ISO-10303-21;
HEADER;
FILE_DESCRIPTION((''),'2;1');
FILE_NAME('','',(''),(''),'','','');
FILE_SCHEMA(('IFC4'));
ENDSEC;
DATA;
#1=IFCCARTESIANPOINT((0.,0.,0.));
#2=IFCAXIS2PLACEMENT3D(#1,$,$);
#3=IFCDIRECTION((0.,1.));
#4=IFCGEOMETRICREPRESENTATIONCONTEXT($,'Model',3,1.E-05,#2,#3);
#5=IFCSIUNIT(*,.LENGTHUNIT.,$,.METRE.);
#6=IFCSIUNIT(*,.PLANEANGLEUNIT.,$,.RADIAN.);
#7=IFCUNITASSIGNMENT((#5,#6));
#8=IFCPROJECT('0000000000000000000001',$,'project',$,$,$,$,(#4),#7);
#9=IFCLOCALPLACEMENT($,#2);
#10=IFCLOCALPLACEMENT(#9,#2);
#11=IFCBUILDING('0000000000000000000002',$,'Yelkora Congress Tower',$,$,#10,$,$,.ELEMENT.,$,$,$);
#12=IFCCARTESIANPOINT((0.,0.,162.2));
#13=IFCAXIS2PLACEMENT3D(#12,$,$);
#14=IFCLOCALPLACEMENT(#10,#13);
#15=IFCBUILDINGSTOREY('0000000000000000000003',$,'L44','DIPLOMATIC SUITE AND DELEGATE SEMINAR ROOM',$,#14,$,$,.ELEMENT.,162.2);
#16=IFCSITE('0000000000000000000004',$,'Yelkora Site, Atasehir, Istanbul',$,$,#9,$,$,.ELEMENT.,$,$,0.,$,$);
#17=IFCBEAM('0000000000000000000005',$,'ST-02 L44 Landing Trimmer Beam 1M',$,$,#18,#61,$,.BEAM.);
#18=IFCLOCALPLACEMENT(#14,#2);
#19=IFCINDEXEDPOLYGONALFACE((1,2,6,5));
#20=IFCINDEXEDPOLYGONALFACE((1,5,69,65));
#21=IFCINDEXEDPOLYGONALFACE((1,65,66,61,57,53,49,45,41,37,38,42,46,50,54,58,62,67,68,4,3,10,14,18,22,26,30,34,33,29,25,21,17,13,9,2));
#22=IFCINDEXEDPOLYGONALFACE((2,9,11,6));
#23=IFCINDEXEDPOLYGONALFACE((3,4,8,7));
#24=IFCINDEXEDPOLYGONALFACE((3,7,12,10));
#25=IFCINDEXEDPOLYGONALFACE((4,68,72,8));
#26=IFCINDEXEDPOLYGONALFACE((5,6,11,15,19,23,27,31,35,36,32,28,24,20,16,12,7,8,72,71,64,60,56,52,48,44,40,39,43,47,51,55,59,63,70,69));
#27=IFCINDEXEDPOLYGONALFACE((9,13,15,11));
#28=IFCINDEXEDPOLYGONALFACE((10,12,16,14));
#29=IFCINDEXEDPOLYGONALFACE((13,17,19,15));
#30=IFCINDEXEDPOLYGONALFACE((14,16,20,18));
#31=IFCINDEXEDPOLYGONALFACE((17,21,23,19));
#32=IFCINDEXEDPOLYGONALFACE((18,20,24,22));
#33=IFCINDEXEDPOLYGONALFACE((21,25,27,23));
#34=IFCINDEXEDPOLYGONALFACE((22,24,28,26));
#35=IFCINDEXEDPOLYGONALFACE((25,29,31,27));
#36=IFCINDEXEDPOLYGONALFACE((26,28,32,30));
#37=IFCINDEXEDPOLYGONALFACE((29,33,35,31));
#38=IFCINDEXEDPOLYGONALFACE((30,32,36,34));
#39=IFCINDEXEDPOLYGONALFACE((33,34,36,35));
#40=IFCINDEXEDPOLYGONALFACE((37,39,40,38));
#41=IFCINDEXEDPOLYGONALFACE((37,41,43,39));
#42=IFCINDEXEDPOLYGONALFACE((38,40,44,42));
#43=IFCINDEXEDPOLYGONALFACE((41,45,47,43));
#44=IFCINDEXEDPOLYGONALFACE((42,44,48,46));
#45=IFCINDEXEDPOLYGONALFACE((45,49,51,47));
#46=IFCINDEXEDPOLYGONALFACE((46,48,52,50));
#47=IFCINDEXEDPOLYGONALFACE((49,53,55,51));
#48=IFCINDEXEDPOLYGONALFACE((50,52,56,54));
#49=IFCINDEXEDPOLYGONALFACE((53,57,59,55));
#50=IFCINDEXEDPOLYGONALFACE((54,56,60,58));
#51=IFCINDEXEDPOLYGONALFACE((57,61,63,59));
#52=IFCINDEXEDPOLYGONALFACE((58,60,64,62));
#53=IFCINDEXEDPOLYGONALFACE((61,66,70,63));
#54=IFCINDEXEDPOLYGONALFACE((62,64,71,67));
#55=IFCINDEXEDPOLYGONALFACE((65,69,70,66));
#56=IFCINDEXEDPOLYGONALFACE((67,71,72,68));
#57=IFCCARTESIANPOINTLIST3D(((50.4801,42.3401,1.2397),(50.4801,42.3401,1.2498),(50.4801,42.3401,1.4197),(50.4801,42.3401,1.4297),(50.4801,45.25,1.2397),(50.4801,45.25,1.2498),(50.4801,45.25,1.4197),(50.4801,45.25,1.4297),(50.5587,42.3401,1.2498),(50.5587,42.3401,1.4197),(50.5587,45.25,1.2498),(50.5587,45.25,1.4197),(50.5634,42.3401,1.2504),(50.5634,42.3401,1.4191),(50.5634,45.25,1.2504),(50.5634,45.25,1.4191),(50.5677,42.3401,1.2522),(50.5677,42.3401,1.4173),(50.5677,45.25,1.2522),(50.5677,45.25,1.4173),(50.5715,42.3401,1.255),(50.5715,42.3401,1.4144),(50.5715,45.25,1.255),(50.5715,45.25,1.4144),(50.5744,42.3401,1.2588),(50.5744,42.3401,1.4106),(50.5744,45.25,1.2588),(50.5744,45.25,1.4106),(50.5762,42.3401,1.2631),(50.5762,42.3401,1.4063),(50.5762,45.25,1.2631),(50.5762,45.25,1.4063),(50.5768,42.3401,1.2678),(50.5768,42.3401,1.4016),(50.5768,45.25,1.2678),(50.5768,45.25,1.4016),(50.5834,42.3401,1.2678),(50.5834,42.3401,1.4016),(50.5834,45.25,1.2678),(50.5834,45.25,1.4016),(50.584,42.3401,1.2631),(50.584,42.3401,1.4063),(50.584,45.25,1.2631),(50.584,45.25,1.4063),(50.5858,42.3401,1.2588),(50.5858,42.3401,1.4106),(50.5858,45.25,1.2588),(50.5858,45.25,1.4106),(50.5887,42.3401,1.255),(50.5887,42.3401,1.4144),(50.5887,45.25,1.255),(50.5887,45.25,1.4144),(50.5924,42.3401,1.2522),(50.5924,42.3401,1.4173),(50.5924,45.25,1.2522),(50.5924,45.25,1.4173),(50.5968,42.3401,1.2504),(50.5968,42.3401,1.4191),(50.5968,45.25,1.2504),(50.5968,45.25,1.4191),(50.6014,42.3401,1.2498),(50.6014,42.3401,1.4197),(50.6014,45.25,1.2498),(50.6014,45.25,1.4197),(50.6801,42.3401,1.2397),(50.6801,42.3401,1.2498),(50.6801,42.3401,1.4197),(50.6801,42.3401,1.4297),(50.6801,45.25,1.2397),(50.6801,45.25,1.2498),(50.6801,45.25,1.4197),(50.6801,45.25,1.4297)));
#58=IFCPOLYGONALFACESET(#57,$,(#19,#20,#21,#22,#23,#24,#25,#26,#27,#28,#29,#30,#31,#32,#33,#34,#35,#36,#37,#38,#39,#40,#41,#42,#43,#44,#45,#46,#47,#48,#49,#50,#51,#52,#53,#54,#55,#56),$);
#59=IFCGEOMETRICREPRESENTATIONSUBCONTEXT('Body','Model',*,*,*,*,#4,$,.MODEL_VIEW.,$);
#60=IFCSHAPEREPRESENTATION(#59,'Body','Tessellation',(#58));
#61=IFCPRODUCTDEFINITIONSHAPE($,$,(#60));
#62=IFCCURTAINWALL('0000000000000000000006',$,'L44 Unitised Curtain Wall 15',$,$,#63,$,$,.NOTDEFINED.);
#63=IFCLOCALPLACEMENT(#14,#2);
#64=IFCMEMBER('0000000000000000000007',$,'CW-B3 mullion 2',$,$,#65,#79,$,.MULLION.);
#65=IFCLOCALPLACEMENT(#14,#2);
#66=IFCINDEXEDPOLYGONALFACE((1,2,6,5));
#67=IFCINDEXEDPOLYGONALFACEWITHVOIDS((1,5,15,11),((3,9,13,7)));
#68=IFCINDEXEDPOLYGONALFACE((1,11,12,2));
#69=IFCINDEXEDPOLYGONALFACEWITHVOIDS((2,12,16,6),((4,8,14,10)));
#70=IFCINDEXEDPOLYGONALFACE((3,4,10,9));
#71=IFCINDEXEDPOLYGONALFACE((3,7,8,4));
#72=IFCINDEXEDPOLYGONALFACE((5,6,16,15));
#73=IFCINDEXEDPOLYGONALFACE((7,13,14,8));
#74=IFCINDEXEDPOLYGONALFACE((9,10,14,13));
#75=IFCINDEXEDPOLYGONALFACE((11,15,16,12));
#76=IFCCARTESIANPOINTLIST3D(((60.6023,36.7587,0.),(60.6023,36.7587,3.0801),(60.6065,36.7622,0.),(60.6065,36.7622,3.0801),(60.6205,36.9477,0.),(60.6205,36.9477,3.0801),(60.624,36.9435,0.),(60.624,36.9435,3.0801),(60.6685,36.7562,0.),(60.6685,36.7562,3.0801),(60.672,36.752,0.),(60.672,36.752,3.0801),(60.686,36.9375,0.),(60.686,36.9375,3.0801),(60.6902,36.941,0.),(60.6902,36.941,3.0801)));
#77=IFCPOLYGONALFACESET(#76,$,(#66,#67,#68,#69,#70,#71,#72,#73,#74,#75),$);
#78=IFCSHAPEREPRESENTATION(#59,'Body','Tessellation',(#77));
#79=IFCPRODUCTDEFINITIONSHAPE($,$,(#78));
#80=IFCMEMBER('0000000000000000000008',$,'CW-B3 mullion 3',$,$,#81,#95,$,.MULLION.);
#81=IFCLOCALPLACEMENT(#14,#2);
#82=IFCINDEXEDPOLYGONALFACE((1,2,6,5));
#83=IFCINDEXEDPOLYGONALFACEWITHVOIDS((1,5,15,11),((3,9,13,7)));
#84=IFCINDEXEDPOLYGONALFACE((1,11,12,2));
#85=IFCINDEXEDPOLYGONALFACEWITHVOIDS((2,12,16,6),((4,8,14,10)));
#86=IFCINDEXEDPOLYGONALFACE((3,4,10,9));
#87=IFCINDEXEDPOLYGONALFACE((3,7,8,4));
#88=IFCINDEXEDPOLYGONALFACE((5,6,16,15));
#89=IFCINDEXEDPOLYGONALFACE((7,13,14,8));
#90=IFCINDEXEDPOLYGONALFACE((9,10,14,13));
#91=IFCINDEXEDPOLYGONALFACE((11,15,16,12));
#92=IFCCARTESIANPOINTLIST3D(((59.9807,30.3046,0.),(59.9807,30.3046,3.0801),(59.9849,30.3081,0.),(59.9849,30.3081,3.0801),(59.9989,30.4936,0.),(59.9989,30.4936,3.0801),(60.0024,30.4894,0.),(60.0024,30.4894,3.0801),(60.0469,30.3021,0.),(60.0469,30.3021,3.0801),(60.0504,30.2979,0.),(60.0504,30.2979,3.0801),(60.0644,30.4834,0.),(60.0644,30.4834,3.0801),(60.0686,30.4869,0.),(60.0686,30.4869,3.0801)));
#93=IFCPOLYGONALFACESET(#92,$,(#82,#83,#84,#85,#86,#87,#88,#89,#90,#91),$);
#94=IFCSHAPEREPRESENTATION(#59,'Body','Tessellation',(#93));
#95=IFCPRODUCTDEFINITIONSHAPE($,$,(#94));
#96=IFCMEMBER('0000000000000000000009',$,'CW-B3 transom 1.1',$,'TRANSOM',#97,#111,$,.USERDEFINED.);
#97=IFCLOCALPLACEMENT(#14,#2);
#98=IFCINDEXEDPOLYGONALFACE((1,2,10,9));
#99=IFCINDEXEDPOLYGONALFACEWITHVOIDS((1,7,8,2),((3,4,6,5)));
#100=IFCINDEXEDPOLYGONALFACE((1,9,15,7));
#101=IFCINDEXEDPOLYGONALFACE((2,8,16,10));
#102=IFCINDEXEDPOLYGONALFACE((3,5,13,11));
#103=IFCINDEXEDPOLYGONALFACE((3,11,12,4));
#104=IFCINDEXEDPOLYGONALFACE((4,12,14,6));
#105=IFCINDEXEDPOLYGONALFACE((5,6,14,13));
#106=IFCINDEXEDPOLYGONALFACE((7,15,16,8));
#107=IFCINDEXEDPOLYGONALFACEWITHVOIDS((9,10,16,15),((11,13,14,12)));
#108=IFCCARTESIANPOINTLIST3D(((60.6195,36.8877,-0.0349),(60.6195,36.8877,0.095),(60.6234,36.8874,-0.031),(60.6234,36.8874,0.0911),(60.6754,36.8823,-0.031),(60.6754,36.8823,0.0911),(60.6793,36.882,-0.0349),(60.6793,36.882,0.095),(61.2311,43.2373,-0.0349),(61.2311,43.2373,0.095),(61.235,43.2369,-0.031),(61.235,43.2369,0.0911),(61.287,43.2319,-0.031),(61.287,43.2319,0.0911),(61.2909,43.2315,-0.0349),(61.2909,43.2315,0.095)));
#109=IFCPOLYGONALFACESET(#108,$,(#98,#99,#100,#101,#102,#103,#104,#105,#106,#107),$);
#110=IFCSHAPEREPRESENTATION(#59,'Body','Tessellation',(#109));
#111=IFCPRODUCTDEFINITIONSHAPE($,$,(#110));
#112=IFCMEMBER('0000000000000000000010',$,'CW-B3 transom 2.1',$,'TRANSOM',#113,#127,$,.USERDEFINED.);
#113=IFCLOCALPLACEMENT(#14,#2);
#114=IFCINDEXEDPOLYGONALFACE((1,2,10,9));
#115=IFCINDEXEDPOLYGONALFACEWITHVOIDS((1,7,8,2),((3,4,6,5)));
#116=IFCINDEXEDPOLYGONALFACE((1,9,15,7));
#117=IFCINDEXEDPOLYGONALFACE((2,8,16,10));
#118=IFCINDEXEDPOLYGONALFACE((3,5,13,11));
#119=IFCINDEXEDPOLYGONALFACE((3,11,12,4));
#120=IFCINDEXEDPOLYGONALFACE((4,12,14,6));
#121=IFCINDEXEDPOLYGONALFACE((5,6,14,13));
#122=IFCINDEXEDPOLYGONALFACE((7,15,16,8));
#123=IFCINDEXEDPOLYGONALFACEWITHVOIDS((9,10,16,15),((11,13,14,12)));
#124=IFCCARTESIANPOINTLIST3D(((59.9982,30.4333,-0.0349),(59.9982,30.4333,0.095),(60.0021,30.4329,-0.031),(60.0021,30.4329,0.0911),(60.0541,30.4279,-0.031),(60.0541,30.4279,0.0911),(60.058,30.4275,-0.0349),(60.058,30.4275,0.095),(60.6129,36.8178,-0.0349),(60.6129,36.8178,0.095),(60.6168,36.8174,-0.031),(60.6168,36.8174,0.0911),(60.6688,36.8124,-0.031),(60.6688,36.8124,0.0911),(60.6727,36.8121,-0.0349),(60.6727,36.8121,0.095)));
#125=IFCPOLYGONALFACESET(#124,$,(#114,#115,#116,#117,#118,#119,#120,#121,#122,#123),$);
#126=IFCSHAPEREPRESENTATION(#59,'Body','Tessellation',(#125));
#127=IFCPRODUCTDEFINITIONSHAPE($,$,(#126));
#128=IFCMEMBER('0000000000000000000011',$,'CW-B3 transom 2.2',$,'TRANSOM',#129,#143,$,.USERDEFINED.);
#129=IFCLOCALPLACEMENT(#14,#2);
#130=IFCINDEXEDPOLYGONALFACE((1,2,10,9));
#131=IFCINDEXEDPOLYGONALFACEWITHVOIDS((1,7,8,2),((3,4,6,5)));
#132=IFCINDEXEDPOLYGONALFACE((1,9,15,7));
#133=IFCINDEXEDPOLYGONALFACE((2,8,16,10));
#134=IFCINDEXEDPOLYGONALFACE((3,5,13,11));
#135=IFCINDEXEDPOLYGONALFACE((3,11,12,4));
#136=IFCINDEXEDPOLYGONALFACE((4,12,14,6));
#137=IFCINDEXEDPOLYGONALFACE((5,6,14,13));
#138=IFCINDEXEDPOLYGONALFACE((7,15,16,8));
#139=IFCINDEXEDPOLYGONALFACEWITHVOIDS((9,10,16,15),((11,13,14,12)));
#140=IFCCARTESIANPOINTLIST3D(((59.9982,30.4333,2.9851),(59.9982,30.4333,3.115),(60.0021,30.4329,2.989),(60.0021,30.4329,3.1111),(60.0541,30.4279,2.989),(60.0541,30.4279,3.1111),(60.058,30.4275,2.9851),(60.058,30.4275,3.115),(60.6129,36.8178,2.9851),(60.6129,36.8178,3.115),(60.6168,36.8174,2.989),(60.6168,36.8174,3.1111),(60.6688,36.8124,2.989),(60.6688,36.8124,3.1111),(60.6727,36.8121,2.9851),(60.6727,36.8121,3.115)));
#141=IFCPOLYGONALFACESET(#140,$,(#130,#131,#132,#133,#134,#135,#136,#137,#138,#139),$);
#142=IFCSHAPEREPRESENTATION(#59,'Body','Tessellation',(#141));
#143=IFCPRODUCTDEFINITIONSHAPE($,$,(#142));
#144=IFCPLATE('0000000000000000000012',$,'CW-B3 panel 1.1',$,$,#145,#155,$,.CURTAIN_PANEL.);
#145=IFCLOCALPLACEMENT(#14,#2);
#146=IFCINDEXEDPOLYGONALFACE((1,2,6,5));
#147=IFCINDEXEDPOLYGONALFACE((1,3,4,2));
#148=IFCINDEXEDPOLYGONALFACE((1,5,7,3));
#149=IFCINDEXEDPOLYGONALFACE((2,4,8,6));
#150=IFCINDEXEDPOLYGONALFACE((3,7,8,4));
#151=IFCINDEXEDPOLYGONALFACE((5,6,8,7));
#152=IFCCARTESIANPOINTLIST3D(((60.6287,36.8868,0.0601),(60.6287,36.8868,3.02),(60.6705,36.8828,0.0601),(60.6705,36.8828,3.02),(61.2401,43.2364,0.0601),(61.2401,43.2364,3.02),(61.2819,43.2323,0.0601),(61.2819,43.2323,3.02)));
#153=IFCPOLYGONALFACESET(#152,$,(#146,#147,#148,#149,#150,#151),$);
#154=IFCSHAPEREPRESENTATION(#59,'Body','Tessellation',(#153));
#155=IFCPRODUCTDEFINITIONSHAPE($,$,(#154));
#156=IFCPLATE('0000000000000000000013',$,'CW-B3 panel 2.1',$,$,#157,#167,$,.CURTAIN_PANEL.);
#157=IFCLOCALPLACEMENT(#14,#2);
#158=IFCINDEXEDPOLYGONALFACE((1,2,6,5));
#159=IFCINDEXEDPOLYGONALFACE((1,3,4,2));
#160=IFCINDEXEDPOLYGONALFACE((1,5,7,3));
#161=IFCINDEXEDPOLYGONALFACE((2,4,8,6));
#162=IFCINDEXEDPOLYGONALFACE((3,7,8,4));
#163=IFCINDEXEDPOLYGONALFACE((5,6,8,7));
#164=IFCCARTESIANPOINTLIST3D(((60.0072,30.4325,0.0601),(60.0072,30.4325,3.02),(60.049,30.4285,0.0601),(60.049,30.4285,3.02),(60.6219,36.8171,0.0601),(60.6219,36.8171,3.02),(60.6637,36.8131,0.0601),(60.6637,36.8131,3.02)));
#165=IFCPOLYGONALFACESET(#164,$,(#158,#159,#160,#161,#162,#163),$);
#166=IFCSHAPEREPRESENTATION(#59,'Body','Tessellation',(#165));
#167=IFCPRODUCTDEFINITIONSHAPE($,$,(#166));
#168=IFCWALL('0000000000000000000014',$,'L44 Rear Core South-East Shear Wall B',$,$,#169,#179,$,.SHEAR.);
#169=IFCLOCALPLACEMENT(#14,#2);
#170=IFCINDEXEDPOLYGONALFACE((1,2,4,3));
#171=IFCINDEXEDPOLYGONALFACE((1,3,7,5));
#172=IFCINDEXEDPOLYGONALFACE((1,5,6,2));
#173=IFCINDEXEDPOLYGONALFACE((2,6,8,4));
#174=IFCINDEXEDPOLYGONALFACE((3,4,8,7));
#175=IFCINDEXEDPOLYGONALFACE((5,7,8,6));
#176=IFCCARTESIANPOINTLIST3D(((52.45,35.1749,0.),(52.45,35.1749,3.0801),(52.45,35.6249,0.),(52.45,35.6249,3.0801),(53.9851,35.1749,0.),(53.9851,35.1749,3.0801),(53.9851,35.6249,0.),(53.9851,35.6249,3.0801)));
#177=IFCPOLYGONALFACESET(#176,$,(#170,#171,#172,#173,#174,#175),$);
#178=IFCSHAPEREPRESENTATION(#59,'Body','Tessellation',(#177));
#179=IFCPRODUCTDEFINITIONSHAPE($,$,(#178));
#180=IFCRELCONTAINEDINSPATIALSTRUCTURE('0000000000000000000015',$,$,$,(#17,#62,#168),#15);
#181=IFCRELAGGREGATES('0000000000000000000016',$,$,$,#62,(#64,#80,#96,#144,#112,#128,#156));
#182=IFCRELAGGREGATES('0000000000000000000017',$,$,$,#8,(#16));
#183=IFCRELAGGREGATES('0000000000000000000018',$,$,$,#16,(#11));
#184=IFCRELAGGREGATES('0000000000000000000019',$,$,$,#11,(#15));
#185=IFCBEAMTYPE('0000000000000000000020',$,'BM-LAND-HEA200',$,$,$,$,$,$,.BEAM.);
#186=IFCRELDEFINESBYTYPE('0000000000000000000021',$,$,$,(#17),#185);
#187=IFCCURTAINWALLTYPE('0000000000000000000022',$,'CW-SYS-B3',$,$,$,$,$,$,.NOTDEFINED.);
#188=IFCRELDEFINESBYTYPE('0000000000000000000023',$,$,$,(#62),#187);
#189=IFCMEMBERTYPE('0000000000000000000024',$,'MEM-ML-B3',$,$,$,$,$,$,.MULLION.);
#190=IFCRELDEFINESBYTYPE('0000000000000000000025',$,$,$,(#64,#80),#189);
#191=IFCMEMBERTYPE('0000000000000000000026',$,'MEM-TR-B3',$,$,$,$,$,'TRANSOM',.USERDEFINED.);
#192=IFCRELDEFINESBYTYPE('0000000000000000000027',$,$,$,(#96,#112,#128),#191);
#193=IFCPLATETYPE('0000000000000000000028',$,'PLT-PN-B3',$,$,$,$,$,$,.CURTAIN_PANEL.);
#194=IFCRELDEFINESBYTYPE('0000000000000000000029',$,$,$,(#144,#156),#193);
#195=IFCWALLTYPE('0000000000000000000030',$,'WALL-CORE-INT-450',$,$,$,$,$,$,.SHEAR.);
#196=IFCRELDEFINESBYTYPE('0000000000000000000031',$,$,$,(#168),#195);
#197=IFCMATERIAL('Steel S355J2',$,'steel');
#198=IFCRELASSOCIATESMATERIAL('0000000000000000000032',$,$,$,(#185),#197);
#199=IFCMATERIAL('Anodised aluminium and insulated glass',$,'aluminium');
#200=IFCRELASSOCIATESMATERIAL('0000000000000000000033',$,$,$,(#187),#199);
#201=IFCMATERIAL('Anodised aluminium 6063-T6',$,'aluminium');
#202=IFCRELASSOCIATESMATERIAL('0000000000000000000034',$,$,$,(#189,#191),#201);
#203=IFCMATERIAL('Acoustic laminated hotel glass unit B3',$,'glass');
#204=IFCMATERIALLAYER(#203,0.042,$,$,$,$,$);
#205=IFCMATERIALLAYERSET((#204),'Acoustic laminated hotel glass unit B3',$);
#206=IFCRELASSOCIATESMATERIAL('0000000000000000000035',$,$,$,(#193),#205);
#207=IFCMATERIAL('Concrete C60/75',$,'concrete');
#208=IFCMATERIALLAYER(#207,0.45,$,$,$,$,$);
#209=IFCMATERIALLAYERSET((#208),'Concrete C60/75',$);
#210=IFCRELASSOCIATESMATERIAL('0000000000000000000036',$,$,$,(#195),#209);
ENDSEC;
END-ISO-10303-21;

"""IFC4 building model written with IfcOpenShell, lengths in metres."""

from ifc_helpers import new_model, si_unit, direction, frame, frame_2d, origin, origin_2d, place, context, subcontext, project, spatial, rectangle, hollow_rectangle, i_section, extrude, material, layer, layer_set, material_profile, profile_set, type_object, element, aggregate, save


model = new_model("IFC4")

# Units and contexts
model_context = context("Model", 3, precision=1e-05, world=origin(), true_north=direction((0.0, 1.0)))
body_context = subcontext(model_context, "Body", "Model", "MODEL_VIEW")
ifc_project = project(units=[si_unit("LENGTHUNIT", "METRE"), si_unit("PLANEANGLEUNIT", "RADIAN")], contexts=[model_context])

# Site, building, storey
site_placement = place(None, origin())
site = spatial("IfcSite", under=ifc_project, at=site_placement, Name="Yelkora Site, Atasehir, Istanbul", CompositionType="ELEMENT", RefElevation=0.0)
building_placement = place(site_placement, origin())
building = spatial("IfcBuilding", under=site, at=building_placement, Name="Yelkora Congress Tower", CompositionType="ELEMENT")
storey_placement = place(building_placement, frame((0.0, 0.0, 162.2)))
storey = spatial("IfcBuildingStorey", under=building, at=storey_placement, Name="L44", Description="DIPLOMATIC SUITE AND DELEGATE SEMINAR ROOM", CompositionType="ELEMENT", Elevation=162.2)

# Beam
ifc_material_1 = material(Name="Steel S355J2", Category="steel")
ifc_material_profile_1 = material_profile(ifc_material_1, i_section(OverallWidth=0.2, OverallDepth=0.1899, WebThickness=0.0066, FlangeThickness=0.01, FilletRadius=0.0181, at=origin_2d()), Name="HEA 200")
ifc_profile_set_1 = profile_set([ifc_material_profile_1], Name="Steel S355J2")
beam_type_1 = type_object("IfcBeamType", Name="BM-LAND-HEA200", PredefinedType="BEAM", material=ifc_profile_set_1)
beam_1_placement = place(storey_placement, frame((50.5801, 42.3401, 1.3347), z_axis=(0.0, 1.0, 0.0), x_axis=(-1.0, 0.0, 0.0)))
element("IfcBeam", 1, at=beam_1_placement, inside=storey, type_object=beam_type_1, Name="ST-02 L44 Landing Trimmer Beam 1M", PredefinedType="BEAM", context=body_context, shape_type="SweptSolid", body=[
    extrude(i_section(OverallWidth=0.2, OverallDepth=0.1899, WebThickness=0.0066, FlangeThickness=0.01, FilletRadius=0.0181, at=origin_2d()), origin(), (0.0, 0.0, 1.0), 2.9099),
])

# Curtain wall, members, plates
ifc_material_2 = material(Name="Anodised aluminium and insulated glass", Category="aluminium")
curtain_wall_type = type_object("IfcCurtainWallType", Name="CW-SYS-B3", PredefinedType="NOTDEFINED", material=ifc_material_2)
curtain_wall_placement = place(storey_placement, origin())
curtain_wall = element("IfcCurtainWall", 2, at=curtain_wall_placement, inside=storey, type_object=curtain_wall_type, Name="L44 Unitised Curtain Wall 15", PredefinedType="NOTDEFINED")
ifc_material_3 = material(Name="Anodised aluminium 6063-T6", Category="aluminium")
ifc_material_profile_2 = material_profile(ifc_material_3, hollow_rectangle(XDim=0.0701, YDim=0.1899, WallThickness=0.0039, at=origin_2d()), Name="ALU 70x190x4")
ifc_profile_set_2 = profile_set([ifc_material_profile_2], Name="Anodised aluminium 6063-T6")
member_type_1 = type_object("IfcMemberType", Name="MEM-ML-B3", PredefinedType="MULLION", material=ifc_profile_set_2)
member_1_placement = place(storey_placement, frame((60.6462, 36.8499, 0.0), z_axis=(0.0, 0.0, 1.0), x_axis=(0.995397, -0.095842, 0.0)))
member_1 = element("IfcMember", 3, at=member_1_placement, type_object=member_type_1, Name="CW-B3 mullion 2", PredefinedType="MULLION", context=body_context, shape_type="SweptSolid", body=[
    extrude(hollow_rectangle(XDim=0.0701, YDim=0.1899, WallThickness=0.0039, at=origin_2d()), origin(), (0.0, 0.0, 1.0), 3.0801),
])
member_2_placement = place(storey_placement, frame((60.0247, 30.3958, 0.0), z_axis=(0.0, 0.0, 1.0), x_axis=(0.995397, -0.095842, 0.0)))
member_2 = element("IfcMember", 4, at=member_2_placement, type_object=member_type_1, Name="CW-B3 mullion 3", PredefinedType="MULLION", context=body_context, shape_type="SweptSolid", body=[
    extrude(hollow_rectangle(XDim=0.0701, YDim=0.1899, WallThickness=0.0039, at=origin_2d()), origin(), (0.0, 0.0, 1.0), 3.0801),
])
ifc_material_profile_3 = material_profile(ifc_material_3, hollow_rectangle(XDim=0.0601, YDim=0.1299, WallThickness=0.0039, at=origin_2d()), Name="ALU 60x130x4")
ifc_profile_set_3 = profile_set([ifc_material_profile_3], Name="Anodised aluminium 6063-T6")
member_type_2 = type_object("IfcMemberType", Name="MEM-TR-B3", ElementType="TRANSOM", PredefinedType="USERDEFINED", material=ifc_profile_set_3)
member_3_placement = place(storey_placement, frame((61.261, 43.2344, 0.03), z_axis=(-0.095873, -0.995394, 0.0), x_axis=(0.995394, -0.095873, 0.0)))
member_3 = element("IfcMember", 5, at=member_3_placement, type_object=member_type_2, Name="CW-B3 transom 1.1", ObjectType="TRANSOM", PredefinedType="USERDEFINED", context=body_context, shape_type="SweptSolid", body=[
    extrude(hollow_rectangle(XDim=0.0601, YDim=0.1299, WallThickness=0.0039, at=origin_2d()), origin(), (0.0, 0.0, 1.0), 6.3789),
])
member_4_placement = place(storey_placement, frame((60.6428, 36.8149, 0.03), z_axis=(-0.095844, -0.995396, 0.0), x_axis=(0.995396, -0.095844, 0.0)))
member_4 = element("IfcMember", 6, at=member_4_placement, type_object=member_type_2, Name="CW-B3 transom 2.1", ObjectType="TRANSOM", PredefinedType="USERDEFINED", context=body_context, shape_type="SweptSolid", body=[
    extrude(hollow_rectangle(XDim=0.0601, YDim=0.1299, WallThickness=0.0039, at=origin_2d()), origin(), (0.0, 0.0, 1.0), 6.4141),
])
member_5_placement = place(storey_placement, frame((60.6428, 36.8149, 3.05), z_axis=(-0.095844, -0.995396, 0.0), x_axis=(0.995396, -0.095844, 0.0)))
member_5 = element("IfcMember", 7, at=member_5_placement, type_object=member_type_2, Name="CW-B3 transom 2.2", ObjectType="TRANSOM", PredefinedType="USERDEFINED", context=body_context, shape_type="SweptSolid", body=[
    extrude(hollow_rectangle(XDim=0.0601, YDim=0.1299, WallThickness=0.0039, at=origin_2d()), origin(), (0.0, 0.0, 1.0), 6.4141),
])
ifc_material_4 = material(Name="Acoustic laminated hotel glass unit B3", Category="glass")
ifc_layer_1 = layer(ifc_material_4, 0.042)
ifc_layer_set_1 = layer_set([ifc_layer_1], Name="Acoustic laminated hotel glass unit B3")
plate_type = type_object("IfcPlateType", Name="PLT-PN-B3", PredefinedType="CURTAIN_PANEL", material=ifc_layer_set_1)
plate_1_placement = place(storey_placement, frame((60.9553, 40.0596, 0.0601), z_axis=(0.0, 0.0, 1.0), x_axis=(-0.095842, -0.995397, 0.0)))
plate_1 = element("IfcPlate", 8, at=plate_1_placement, type_object=plate_type, Name="CW-B3 panel 1.1", PredefinedType="CURTAIN_PANEL", context=body_context, shape_type="SweptSolid", body=[
    extrude(rectangle(XDim=6.3789, YDim=0.042, at=origin_2d()), origin(), (0.0, 0.0, 1.0), 2.96),
])
plate_2_placement = place(storey_placement, frame((60.3354, 33.6228, 0.0601), z_axis=(0.0, 0.0, 1.0), x_axis=(-0.095842, -0.995397, 0.0)))
plate_2 = element("IfcPlate", 9, at=plate_2_placement, type_object=plate_type, Name="CW-B3 panel 2.1", PredefinedType="CURTAIN_PANEL", context=body_context, shape_type="SweptSolid", body=[
    extrude(rectangle(XDim=6.4141, YDim=0.042, at=origin_2d()), origin(), (0.0, 0.0, 1.0), 2.96),
])
aggregate(curtain_wall, [member_1, member_2, member_3, plate_1, member_4, member_5, plate_2])

# Wall
ifc_material_5 = material(Name="Concrete C60/75", Category="concrete")
ifc_layer_2 = layer(ifc_material_5, 0.45)
ifc_layer_set_2 = layer_set([ifc_layer_2], Name="Concrete C60/75")
wall_type_1 = type_object("IfcWallType", Name="WALL-CORE-INT-450", PredefinedType="SHEAR", material=ifc_layer_set_2)
wall_1_placement = place(storey_placement, frame((52.45, 35.3999, 0.0), z_axis=(0.0, 0.0, 1.0), x_axis=(1.0, 0.0, 0.0)))
element("IfcWall", 10, at=wall_1_placement, inside=storey, type_object=wall_type_1, Name="L44 Rear Core South-East Shear Wall B", PredefinedType="SHEAR", context=body_context, shape_type="SweptSolid", body=[
    extrude(rectangle(XDim=1.5352, YDim=0.45, at=frame_2d((0.7676, 0.0))), origin(), (0.0, 0.0, 1.0), 3.0801),
])

save(model, "model.ifc")
